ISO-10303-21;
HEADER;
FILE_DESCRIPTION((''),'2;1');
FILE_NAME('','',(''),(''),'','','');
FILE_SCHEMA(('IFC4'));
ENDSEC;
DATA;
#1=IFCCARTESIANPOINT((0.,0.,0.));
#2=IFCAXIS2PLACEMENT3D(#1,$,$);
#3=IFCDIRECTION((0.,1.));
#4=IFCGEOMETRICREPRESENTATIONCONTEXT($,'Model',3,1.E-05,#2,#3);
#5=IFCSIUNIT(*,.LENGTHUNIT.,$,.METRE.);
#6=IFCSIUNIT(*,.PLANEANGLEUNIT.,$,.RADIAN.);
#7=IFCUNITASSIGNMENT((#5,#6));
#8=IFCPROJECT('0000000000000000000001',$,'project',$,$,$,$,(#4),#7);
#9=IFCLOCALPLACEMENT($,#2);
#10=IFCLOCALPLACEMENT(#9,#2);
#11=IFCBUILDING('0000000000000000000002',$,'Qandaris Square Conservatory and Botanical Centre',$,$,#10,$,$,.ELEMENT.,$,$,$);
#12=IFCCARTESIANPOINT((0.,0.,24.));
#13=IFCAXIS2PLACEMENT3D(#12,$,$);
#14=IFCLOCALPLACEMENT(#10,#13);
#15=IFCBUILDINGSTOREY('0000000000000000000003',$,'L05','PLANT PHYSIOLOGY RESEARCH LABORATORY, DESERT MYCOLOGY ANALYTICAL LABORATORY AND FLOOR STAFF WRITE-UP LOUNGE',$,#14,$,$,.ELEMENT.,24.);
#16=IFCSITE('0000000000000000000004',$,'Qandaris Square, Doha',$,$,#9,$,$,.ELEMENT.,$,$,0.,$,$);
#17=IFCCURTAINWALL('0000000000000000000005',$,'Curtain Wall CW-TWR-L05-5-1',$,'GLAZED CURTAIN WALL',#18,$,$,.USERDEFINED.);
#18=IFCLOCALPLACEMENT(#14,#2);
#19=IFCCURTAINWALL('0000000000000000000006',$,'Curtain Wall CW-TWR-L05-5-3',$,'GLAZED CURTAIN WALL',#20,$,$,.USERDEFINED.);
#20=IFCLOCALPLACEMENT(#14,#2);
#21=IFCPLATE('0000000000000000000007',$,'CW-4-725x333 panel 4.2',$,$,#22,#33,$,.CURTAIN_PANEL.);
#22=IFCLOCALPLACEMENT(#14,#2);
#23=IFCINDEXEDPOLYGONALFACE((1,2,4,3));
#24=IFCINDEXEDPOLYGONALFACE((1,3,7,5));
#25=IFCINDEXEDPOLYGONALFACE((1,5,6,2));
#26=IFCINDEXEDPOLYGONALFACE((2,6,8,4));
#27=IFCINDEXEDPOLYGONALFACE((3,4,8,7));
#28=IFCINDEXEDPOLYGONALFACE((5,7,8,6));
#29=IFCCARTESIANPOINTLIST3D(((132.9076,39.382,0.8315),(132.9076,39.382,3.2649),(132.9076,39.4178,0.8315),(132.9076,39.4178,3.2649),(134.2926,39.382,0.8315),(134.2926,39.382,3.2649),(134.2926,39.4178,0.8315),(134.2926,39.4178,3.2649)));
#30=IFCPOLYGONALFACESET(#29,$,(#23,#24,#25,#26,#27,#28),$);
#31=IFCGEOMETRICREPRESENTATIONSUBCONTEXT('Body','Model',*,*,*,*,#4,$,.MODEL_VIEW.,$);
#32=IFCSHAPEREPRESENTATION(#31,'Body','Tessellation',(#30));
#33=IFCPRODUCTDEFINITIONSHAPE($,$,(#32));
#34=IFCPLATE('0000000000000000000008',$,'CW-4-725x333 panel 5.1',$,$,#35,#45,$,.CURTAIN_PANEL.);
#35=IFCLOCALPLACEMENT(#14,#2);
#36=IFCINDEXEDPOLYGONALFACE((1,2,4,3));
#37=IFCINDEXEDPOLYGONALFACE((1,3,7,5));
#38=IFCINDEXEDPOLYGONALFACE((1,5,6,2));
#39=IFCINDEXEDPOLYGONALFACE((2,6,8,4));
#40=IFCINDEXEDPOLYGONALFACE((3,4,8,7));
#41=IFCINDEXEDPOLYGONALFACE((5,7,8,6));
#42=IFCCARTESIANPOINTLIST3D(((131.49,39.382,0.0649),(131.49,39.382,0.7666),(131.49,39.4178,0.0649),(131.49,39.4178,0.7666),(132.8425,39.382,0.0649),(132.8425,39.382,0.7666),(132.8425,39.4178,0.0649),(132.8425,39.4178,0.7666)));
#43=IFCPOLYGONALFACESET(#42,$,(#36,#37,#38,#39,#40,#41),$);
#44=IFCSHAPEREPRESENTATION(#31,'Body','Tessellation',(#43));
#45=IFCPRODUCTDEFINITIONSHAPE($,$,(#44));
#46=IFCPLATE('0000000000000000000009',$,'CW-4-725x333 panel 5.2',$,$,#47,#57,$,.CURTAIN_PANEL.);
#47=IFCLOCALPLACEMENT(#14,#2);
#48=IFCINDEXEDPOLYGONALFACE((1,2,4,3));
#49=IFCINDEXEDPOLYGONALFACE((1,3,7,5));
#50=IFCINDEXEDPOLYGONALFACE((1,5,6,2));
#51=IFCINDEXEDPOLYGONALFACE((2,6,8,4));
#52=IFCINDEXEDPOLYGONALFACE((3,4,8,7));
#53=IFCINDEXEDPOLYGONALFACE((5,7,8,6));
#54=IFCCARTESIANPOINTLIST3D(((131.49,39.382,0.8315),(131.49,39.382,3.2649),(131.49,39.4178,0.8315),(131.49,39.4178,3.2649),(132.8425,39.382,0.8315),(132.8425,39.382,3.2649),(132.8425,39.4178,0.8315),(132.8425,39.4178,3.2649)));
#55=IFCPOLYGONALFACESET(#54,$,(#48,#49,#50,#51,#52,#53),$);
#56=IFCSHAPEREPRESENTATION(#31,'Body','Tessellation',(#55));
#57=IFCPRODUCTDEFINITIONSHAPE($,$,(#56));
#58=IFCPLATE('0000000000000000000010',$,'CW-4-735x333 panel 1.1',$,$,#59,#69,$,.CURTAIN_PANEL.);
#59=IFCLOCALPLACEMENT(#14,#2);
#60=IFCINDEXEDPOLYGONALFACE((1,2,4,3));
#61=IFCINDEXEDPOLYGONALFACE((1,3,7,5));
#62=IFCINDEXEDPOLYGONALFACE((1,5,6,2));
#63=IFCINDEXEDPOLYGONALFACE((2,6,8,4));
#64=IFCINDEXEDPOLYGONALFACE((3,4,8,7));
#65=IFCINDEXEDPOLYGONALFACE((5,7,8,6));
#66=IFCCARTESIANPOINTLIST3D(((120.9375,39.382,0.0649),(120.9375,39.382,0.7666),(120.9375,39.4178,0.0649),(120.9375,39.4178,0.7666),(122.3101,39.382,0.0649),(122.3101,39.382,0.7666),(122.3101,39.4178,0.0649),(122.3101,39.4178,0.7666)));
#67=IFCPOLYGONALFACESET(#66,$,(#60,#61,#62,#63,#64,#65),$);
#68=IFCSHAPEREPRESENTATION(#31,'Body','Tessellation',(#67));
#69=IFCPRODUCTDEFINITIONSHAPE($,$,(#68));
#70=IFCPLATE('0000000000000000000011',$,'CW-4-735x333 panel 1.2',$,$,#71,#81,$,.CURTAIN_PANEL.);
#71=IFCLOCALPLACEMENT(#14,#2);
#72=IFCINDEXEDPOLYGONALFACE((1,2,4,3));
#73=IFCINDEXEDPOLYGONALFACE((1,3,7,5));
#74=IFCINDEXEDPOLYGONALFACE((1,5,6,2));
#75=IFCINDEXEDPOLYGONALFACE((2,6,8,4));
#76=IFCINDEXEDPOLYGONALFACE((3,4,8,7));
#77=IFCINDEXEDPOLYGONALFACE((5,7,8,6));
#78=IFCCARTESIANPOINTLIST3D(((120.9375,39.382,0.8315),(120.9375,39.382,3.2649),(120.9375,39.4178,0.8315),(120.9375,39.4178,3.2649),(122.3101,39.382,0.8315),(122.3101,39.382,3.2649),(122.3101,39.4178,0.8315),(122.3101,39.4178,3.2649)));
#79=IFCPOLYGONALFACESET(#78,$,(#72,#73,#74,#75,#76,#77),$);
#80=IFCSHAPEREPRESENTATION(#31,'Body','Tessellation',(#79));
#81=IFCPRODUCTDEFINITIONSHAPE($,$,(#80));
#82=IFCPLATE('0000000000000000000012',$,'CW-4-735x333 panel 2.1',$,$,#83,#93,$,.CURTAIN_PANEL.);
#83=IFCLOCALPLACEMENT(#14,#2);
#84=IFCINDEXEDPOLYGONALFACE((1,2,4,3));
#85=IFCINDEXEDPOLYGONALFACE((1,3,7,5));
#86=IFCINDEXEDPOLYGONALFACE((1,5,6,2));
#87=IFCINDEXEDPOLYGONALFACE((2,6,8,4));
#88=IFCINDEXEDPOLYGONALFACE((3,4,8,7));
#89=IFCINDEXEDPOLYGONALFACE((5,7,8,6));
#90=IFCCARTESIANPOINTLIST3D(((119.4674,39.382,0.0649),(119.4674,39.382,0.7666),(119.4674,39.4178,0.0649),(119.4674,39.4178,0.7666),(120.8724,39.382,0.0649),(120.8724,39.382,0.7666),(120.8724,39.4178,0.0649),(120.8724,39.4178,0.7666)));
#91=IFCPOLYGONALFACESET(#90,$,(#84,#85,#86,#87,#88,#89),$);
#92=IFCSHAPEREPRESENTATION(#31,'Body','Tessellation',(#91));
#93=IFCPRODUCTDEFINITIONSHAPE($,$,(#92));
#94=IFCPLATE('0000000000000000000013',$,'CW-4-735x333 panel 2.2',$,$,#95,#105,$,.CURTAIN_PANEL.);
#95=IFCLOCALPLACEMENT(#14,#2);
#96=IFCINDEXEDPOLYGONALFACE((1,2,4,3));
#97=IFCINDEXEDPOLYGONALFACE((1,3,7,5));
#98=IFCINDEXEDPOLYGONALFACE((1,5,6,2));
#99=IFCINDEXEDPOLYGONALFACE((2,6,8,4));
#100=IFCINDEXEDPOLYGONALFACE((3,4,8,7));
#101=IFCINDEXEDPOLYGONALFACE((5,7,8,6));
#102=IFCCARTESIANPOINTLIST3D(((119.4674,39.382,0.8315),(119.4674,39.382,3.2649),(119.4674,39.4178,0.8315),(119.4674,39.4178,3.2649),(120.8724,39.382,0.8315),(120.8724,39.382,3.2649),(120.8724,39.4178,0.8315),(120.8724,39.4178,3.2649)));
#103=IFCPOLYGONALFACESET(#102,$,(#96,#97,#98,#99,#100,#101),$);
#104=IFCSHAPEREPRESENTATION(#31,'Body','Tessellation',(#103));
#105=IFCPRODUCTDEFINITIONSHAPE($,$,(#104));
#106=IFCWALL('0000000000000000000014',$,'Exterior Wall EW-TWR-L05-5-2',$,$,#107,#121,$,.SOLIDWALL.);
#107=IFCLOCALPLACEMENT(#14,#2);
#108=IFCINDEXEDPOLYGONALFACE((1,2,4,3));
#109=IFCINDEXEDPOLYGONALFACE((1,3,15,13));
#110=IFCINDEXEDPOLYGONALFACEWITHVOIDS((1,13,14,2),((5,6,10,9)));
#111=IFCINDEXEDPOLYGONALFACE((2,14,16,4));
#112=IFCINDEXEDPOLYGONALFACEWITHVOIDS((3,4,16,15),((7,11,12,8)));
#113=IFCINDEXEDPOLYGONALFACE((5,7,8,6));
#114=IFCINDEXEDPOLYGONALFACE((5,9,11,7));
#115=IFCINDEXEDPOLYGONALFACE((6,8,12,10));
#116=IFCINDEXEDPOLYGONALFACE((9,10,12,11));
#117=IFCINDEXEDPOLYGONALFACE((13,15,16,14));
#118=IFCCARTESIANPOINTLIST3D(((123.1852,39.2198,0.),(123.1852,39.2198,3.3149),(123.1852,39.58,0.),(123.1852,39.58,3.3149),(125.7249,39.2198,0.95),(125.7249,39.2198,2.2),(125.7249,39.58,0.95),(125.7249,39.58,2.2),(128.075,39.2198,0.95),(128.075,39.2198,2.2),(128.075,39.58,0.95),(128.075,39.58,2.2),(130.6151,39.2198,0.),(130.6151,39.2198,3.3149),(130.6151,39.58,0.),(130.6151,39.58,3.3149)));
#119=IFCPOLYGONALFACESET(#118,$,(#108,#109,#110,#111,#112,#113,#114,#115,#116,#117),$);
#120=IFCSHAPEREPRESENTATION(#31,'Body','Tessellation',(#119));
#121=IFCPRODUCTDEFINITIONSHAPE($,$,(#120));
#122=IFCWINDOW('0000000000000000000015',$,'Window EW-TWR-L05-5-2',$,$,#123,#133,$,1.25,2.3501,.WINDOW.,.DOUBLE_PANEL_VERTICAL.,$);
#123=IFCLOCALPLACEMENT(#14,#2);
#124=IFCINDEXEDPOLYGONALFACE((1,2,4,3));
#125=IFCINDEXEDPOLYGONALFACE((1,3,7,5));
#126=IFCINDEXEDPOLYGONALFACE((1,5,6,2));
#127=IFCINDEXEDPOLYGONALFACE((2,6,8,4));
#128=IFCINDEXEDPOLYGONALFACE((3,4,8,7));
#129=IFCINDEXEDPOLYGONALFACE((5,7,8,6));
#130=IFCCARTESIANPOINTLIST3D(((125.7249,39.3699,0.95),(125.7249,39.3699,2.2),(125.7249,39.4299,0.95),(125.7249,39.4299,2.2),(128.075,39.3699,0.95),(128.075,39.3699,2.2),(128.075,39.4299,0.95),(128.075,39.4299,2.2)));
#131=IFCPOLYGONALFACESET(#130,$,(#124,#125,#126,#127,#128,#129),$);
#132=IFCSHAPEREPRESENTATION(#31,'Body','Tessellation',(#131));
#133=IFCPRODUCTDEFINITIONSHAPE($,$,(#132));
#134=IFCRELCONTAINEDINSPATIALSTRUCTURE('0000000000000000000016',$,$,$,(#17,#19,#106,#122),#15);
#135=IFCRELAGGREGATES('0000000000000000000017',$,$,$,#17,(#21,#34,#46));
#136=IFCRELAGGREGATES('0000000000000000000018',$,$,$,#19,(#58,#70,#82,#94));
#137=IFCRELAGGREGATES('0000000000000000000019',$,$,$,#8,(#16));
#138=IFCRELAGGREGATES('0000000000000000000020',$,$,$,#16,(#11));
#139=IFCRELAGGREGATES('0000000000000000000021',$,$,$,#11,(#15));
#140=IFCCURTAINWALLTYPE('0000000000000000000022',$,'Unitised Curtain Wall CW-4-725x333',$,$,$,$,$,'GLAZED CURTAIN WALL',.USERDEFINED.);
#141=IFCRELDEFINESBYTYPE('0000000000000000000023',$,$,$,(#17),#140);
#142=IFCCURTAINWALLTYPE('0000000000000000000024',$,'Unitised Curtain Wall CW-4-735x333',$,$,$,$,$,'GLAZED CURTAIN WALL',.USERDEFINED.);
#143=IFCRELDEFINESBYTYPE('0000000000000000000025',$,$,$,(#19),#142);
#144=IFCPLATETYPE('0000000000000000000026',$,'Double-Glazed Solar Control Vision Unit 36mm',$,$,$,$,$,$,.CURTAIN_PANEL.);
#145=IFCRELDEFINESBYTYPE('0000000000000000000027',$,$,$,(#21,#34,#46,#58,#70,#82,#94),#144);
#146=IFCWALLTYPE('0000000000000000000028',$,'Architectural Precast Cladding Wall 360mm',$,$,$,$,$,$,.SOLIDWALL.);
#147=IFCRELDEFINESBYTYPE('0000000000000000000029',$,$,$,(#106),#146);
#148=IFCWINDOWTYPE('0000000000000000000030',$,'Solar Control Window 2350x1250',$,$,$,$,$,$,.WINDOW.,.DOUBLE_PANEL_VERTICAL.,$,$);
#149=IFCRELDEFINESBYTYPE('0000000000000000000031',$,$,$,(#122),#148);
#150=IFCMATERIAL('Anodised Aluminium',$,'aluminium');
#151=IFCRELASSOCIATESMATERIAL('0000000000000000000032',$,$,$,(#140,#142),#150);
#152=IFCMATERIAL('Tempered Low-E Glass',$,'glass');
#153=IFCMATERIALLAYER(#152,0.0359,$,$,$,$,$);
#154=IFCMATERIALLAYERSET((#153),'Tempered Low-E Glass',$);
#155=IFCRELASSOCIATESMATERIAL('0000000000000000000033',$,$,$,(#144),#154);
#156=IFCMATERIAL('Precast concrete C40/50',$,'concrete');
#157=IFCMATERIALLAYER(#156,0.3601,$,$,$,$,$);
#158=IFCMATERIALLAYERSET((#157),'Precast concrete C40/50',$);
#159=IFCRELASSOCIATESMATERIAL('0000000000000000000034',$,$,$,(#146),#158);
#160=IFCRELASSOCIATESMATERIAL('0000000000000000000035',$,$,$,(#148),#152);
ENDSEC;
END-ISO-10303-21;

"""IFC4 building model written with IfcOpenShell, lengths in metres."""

from ifc_helpers import new_model, si_unit, direction, frame, frame_2d, origin, origin_2d, place, context, subcontext, project, spatial, rectangle, extrude, material, layer, layer_set, type_object, element, fill, aggregate, save


model = new_model("IFC4")

# Units and contexts
model_context = context("Model", 3, precision=1e-05, world=origin(), true_north=direction((0.0, 1.0)))
body_context = subcontext(model_context, "Body", "Model", "MODEL_VIEW")
ifc_project = project(units=[si_unit("LENGTHUNIT", "METRE"), si_unit("PLANEANGLEUNIT", "RADIAN")], contexts=[model_context])

# Site, building, storey
site_placement = place(None, origin())
site = spatial("IfcSite", under=ifc_project, at=site_placement, Name="Qandaris Square, Doha", CompositionType="ELEMENT", RefElevation=0.0)
building_placement = place(site_placement, origin())
building = spatial("IfcBuilding", under=site, at=building_placement, Name="Qandaris Square Conservatory and Botanical Centre", CompositionType="ELEMENT")
storey_placement = place(building_placement, frame((0.0, 0.0, 24.0)))
storey = spatial("IfcBuildingStorey", under=building, at=storey_placement, Name="L05", Description="PLANT PHYSIOLOGY RESEARCH LABORATORY, DESERT MYCOLOGY ANALYTICAL LABORATORY AND FLOOR STAFF WRITE-UP LOUNGE", CompositionType="ELEMENT", Elevation=24.0)

# Curtain walls
ifc_material_1 = material(Name="Anodised Aluminium", Category="aluminium")
curtain_wall_type_1 = type_object("IfcCurtainWallType", Name="Unitised Curtain Wall CW-4-725x333", ElementType="GLAZED CURTAIN WALL", PredefinedType="USERDEFINED", material=ifc_material_1)
curtain_wall_1_placement = place(storey_placement, origin())
curtain_wall_1 = element("IfcCurtainWall", 1, at=curtain_wall_1_placement, inside=storey, type_object=curtain_wall_type_1, Name="Curtain Wall CW-TWR-L05-5-1", ObjectType="GLAZED CURTAIN WALL", PredefinedType="USERDEFINED")
curtain_wall_type_2 = type_object("IfcCurtainWallType", Name="Unitised Curtain Wall CW-4-735x333", ElementType="GLAZED CURTAIN WALL", PredefinedType="USERDEFINED", material=ifc_material_1)
curtain_wall_2_placement = place(storey_placement, origin())
curtain_wall_2 = element("IfcCurtainWall", 2, at=curtain_wall_2_placement, inside=storey, type_object=curtain_wall_type_2, Name="Curtain Wall CW-TWR-L05-5-3", ObjectType="GLAZED CURTAIN WALL", PredefinedType="USERDEFINED")

# Plates
ifc_material_2 = material(Name="Tempered Low-E Glass", Category="glass")
ifc_layer_1 = layer(ifc_material_2, 0.0359)
ifc_layer_set_1 = layer_set([ifc_layer_1], Name="Tempered Low-E Glass")
plate_type = type_object("IfcPlateType", Name="Double-Glazed Solar Control Vision Unit 36mm", PredefinedType="CURTAIN_PANEL", material=ifc_layer_set_1)
plate_1_placement = place(storey_placement, frame((133.6001, 39.3999, 0.8315), z_axis=(0.0, 0.0, 1.0), x_axis=(-1.0, 0.0, 0.0)))
plate_1 = element("IfcPlate", 3, at=plate_1_placement, type_object=plate_type, Name="CW-4-725x333 panel 4.2", PredefinedType="CURTAIN_PANEL", context=body_context, shape_type="SweptSolid", body=[
    extrude(rectangle(XDim=1.385, YDim=0.0359, at=origin_2d()), origin(), (0.0, 0.0, 1.0), 2.4333),
])
plate_2_placement = place(storey_placement, frame((132.1663, 39.3999, 0.0649), z_axis=(0.0, 0.0, 1.0), x_axis=(-1.0, 0.0, 0.0)))
plate_2 = element("IfcPlate", 4, at=plate_2_placement, type_object=plate_type, Name="CW-4-725x333 panel 5.1", PredefinedType="CURTAIN_PANEL", context=body_context, shape_type="SweptSolid", body=[
    extrude(rectangle(XDim=1.3525, YDim=0.0359, at=origin_2d()), origin(), (0.0, 0.0, 1.0), 0.7017),
])
plate_3_placement = place(storey_placement, frame((132.1663, 39.3999, 0.8315), z_axis=(0.0, 0.0, 1.0), x_axis=(-1.0, 0.0, 0.0)))
plate_3 = element("IfcPlate", 5, at=plate_3_placement, type_object=plate_type, Name="CW-4-725x333 panel 5.2", PredefinedType="CURTAIN_PANEL", context=body_context, shape_type="SweptSolid", body=[
    extrude(rectangle(XDim=1.3525, YDim=0.0359, at=origin_2d()), origin(), (0.0, 0.0, 1.0), 2.4333),
])
aggregate(curtain_wall_1, [plate_1, plate_2, plate_3])
plate_4_placement = place(storey_placement, frame((121.6238, 39.3999, 0.0649), z_axis=(0.0, 0.0, 1.0), x_axis=(-1.0, 0.0, 0.0)))
plate_4 = element("IfcPlate", 6, at=plate_4_placement, type_object=plate_type, Name="CW-4-735x333 panel 1.1", PredefinedType="CURTAIN_PANEL", context=body_context, shape_type="SweptSolid", body=[
    extrude(rectangle(XDim=1.3726, YDim=0.0359, at=origin_2d()), origin(), (0.0, 0.0, 1.0), 0.7017),
])
plate_5_placement = place(storey_placement, frame((121.6238, 39.3999, 0.8315), z_axis=(0.0, 0.0, 1.0), x_axis=(-1.0, 0.0, 0.0)))
plate_5 = element("IfcPlate", 7, at=plate_5_placement, type_object=plate_type, Name="CW-4-735x333 panel 1.2", PredefinedType="CURTAIN_PANEL", context=body_context, shape_type="SweptSolid", body=[
    extrude(rectangle(XDim=1.3726, YDim=0.0359, at=origin_2d()), origin(), (0.0, 0.0, 1.0), 2.4333),
])
plate_6_placement = place(storey_placement, frame((120.1699, 39.3999, 0.0649), z_axis=(0.0, 0.0, 1.0), x_axis=(-1.0, 0.0, 0.0)))
plate_6 = element("IfcPlate", 8, at=plate_6_placement, type_object=plate_type, Name="CW-4-735x333 panel 2.1", PredefinedType="CURTAIN_PANEL", context=body_context, shape_type="SweptSolid", body=[
    extrude(rectangle(XDim=1.405, YDim=0.0359, at=origin_2d()), origin(), (0.0, 0.0, 1.0), 0.7017),
])
plate_7_placement = place(storey_placement, frame((120.1699, 39.3999, 0.8315), z_axis=(0.0, 0.0, 1.0), x_axis=(-1.0, 0.0, 0.0)))
plate_7 = element("IfcPlate", 9, at=plate_7_placement, type_object=plate_type, Name="CW-4-735x333 panel 2.2", PredefinedType="CURTAIN_PANEL", context=body_context, shape_type="SweptSolid", body=[
    extrude(rectangle(XDim=1.405, YDim=0.0359, at=origin_2d()), origin(), (0.0, 0.0, 1.0), 2.4333),
])
aggregate(curtain_wall_2, [plate_4, plate_5, plate_6, plate_7])

# Wall, opening, window
ifc_material_3 = material(Name="Precast concrete C40/50", Category="concrete")
ifc_layer_2 = layer(ifc_material_3, 0.3601)
ifc_layer_set_2 = layer_set([ifc_layer_2], Name="Precast concrete C40/50")
wall_type = type_object("IfcWallType", Name="Architectural Precast Cladding Wall 360mm", PredefinedType="SOLIDWALL", material=ifc_layer_set_2)
wall_placement = place(storey_placement, frame((130.615, 39.3999, 0.0), z_axis=(0.0, 0.0, 1.0), x_axis=(-1.0, 0.0, 0.0)))
wall = element("IfcWall", 10, at=wall_placement, inside=storey, type_object=wall_type, Name="Exterior Wall EW-TWR-L05-5-2", PredefinedType="SOLIDWALL", context=body_context, shape_type="SweptSolid", body=[
    extrude(rectangle(XDim=7.4299, YDim=0.3601, at=frame_2d((3.7148, 0.0))), origin(), (0.0, 0.0, 1.0), 3.3149),
])
opening_placement = place(wall_placement, frame((2.54, 0.0, 0.95)))
opening = element("IfcOpeningElement", 11, at=opening_placement, cuts=wall, PredefinedType="OPENING", context=body_context, shape_type="SweptSolid", body=[
    extrude(rectangle(XDim=2.3501, YDim=1.25, at=frame_2d((1.175, 0.625))), frame((0.0, 0.1919, 0.0), z_axis=(0.0, -1.0, 0.0), x_axis=(1.0, 0.0, 0.0)), (0.0, 0.0, 1.0), 0.384),
])
window_type = type_object("IfcWindowType", Name="Solar Control Window 2350x1250", PartitioningType="DOUBLE_PANEL_VERTICAL", PredefinedType="WINDOW", material=ifc_material_2)
window_placement = place(opening_placement, origin())
window = element("IfcWindow", 12, at=window_placement, inside=storey, type_object=window_type, Name="Window EW-TWR-L05-5-2", OverallHeight=1.25, OverallWidth=2.3501, PartitioningType="DOUBLE_PANEL_VERTICAL", PredefinedType="WINDOW", context=body_context, shape_type="SweptSolid", body=[
    extrude(rectangle(XDim=2.3501, YDim=1.25, at=frame_2d((1.175, 0.625))), frame((0.0, 0.03, 0.0), z_axis=(0.0, -1.0, 0.0), x_axis=(1.0, 0.0, 0.0)), (0.0, 0.0, 1.0), 0.0601),
])
fill(opening, window)

save(model, "model.ifc")
